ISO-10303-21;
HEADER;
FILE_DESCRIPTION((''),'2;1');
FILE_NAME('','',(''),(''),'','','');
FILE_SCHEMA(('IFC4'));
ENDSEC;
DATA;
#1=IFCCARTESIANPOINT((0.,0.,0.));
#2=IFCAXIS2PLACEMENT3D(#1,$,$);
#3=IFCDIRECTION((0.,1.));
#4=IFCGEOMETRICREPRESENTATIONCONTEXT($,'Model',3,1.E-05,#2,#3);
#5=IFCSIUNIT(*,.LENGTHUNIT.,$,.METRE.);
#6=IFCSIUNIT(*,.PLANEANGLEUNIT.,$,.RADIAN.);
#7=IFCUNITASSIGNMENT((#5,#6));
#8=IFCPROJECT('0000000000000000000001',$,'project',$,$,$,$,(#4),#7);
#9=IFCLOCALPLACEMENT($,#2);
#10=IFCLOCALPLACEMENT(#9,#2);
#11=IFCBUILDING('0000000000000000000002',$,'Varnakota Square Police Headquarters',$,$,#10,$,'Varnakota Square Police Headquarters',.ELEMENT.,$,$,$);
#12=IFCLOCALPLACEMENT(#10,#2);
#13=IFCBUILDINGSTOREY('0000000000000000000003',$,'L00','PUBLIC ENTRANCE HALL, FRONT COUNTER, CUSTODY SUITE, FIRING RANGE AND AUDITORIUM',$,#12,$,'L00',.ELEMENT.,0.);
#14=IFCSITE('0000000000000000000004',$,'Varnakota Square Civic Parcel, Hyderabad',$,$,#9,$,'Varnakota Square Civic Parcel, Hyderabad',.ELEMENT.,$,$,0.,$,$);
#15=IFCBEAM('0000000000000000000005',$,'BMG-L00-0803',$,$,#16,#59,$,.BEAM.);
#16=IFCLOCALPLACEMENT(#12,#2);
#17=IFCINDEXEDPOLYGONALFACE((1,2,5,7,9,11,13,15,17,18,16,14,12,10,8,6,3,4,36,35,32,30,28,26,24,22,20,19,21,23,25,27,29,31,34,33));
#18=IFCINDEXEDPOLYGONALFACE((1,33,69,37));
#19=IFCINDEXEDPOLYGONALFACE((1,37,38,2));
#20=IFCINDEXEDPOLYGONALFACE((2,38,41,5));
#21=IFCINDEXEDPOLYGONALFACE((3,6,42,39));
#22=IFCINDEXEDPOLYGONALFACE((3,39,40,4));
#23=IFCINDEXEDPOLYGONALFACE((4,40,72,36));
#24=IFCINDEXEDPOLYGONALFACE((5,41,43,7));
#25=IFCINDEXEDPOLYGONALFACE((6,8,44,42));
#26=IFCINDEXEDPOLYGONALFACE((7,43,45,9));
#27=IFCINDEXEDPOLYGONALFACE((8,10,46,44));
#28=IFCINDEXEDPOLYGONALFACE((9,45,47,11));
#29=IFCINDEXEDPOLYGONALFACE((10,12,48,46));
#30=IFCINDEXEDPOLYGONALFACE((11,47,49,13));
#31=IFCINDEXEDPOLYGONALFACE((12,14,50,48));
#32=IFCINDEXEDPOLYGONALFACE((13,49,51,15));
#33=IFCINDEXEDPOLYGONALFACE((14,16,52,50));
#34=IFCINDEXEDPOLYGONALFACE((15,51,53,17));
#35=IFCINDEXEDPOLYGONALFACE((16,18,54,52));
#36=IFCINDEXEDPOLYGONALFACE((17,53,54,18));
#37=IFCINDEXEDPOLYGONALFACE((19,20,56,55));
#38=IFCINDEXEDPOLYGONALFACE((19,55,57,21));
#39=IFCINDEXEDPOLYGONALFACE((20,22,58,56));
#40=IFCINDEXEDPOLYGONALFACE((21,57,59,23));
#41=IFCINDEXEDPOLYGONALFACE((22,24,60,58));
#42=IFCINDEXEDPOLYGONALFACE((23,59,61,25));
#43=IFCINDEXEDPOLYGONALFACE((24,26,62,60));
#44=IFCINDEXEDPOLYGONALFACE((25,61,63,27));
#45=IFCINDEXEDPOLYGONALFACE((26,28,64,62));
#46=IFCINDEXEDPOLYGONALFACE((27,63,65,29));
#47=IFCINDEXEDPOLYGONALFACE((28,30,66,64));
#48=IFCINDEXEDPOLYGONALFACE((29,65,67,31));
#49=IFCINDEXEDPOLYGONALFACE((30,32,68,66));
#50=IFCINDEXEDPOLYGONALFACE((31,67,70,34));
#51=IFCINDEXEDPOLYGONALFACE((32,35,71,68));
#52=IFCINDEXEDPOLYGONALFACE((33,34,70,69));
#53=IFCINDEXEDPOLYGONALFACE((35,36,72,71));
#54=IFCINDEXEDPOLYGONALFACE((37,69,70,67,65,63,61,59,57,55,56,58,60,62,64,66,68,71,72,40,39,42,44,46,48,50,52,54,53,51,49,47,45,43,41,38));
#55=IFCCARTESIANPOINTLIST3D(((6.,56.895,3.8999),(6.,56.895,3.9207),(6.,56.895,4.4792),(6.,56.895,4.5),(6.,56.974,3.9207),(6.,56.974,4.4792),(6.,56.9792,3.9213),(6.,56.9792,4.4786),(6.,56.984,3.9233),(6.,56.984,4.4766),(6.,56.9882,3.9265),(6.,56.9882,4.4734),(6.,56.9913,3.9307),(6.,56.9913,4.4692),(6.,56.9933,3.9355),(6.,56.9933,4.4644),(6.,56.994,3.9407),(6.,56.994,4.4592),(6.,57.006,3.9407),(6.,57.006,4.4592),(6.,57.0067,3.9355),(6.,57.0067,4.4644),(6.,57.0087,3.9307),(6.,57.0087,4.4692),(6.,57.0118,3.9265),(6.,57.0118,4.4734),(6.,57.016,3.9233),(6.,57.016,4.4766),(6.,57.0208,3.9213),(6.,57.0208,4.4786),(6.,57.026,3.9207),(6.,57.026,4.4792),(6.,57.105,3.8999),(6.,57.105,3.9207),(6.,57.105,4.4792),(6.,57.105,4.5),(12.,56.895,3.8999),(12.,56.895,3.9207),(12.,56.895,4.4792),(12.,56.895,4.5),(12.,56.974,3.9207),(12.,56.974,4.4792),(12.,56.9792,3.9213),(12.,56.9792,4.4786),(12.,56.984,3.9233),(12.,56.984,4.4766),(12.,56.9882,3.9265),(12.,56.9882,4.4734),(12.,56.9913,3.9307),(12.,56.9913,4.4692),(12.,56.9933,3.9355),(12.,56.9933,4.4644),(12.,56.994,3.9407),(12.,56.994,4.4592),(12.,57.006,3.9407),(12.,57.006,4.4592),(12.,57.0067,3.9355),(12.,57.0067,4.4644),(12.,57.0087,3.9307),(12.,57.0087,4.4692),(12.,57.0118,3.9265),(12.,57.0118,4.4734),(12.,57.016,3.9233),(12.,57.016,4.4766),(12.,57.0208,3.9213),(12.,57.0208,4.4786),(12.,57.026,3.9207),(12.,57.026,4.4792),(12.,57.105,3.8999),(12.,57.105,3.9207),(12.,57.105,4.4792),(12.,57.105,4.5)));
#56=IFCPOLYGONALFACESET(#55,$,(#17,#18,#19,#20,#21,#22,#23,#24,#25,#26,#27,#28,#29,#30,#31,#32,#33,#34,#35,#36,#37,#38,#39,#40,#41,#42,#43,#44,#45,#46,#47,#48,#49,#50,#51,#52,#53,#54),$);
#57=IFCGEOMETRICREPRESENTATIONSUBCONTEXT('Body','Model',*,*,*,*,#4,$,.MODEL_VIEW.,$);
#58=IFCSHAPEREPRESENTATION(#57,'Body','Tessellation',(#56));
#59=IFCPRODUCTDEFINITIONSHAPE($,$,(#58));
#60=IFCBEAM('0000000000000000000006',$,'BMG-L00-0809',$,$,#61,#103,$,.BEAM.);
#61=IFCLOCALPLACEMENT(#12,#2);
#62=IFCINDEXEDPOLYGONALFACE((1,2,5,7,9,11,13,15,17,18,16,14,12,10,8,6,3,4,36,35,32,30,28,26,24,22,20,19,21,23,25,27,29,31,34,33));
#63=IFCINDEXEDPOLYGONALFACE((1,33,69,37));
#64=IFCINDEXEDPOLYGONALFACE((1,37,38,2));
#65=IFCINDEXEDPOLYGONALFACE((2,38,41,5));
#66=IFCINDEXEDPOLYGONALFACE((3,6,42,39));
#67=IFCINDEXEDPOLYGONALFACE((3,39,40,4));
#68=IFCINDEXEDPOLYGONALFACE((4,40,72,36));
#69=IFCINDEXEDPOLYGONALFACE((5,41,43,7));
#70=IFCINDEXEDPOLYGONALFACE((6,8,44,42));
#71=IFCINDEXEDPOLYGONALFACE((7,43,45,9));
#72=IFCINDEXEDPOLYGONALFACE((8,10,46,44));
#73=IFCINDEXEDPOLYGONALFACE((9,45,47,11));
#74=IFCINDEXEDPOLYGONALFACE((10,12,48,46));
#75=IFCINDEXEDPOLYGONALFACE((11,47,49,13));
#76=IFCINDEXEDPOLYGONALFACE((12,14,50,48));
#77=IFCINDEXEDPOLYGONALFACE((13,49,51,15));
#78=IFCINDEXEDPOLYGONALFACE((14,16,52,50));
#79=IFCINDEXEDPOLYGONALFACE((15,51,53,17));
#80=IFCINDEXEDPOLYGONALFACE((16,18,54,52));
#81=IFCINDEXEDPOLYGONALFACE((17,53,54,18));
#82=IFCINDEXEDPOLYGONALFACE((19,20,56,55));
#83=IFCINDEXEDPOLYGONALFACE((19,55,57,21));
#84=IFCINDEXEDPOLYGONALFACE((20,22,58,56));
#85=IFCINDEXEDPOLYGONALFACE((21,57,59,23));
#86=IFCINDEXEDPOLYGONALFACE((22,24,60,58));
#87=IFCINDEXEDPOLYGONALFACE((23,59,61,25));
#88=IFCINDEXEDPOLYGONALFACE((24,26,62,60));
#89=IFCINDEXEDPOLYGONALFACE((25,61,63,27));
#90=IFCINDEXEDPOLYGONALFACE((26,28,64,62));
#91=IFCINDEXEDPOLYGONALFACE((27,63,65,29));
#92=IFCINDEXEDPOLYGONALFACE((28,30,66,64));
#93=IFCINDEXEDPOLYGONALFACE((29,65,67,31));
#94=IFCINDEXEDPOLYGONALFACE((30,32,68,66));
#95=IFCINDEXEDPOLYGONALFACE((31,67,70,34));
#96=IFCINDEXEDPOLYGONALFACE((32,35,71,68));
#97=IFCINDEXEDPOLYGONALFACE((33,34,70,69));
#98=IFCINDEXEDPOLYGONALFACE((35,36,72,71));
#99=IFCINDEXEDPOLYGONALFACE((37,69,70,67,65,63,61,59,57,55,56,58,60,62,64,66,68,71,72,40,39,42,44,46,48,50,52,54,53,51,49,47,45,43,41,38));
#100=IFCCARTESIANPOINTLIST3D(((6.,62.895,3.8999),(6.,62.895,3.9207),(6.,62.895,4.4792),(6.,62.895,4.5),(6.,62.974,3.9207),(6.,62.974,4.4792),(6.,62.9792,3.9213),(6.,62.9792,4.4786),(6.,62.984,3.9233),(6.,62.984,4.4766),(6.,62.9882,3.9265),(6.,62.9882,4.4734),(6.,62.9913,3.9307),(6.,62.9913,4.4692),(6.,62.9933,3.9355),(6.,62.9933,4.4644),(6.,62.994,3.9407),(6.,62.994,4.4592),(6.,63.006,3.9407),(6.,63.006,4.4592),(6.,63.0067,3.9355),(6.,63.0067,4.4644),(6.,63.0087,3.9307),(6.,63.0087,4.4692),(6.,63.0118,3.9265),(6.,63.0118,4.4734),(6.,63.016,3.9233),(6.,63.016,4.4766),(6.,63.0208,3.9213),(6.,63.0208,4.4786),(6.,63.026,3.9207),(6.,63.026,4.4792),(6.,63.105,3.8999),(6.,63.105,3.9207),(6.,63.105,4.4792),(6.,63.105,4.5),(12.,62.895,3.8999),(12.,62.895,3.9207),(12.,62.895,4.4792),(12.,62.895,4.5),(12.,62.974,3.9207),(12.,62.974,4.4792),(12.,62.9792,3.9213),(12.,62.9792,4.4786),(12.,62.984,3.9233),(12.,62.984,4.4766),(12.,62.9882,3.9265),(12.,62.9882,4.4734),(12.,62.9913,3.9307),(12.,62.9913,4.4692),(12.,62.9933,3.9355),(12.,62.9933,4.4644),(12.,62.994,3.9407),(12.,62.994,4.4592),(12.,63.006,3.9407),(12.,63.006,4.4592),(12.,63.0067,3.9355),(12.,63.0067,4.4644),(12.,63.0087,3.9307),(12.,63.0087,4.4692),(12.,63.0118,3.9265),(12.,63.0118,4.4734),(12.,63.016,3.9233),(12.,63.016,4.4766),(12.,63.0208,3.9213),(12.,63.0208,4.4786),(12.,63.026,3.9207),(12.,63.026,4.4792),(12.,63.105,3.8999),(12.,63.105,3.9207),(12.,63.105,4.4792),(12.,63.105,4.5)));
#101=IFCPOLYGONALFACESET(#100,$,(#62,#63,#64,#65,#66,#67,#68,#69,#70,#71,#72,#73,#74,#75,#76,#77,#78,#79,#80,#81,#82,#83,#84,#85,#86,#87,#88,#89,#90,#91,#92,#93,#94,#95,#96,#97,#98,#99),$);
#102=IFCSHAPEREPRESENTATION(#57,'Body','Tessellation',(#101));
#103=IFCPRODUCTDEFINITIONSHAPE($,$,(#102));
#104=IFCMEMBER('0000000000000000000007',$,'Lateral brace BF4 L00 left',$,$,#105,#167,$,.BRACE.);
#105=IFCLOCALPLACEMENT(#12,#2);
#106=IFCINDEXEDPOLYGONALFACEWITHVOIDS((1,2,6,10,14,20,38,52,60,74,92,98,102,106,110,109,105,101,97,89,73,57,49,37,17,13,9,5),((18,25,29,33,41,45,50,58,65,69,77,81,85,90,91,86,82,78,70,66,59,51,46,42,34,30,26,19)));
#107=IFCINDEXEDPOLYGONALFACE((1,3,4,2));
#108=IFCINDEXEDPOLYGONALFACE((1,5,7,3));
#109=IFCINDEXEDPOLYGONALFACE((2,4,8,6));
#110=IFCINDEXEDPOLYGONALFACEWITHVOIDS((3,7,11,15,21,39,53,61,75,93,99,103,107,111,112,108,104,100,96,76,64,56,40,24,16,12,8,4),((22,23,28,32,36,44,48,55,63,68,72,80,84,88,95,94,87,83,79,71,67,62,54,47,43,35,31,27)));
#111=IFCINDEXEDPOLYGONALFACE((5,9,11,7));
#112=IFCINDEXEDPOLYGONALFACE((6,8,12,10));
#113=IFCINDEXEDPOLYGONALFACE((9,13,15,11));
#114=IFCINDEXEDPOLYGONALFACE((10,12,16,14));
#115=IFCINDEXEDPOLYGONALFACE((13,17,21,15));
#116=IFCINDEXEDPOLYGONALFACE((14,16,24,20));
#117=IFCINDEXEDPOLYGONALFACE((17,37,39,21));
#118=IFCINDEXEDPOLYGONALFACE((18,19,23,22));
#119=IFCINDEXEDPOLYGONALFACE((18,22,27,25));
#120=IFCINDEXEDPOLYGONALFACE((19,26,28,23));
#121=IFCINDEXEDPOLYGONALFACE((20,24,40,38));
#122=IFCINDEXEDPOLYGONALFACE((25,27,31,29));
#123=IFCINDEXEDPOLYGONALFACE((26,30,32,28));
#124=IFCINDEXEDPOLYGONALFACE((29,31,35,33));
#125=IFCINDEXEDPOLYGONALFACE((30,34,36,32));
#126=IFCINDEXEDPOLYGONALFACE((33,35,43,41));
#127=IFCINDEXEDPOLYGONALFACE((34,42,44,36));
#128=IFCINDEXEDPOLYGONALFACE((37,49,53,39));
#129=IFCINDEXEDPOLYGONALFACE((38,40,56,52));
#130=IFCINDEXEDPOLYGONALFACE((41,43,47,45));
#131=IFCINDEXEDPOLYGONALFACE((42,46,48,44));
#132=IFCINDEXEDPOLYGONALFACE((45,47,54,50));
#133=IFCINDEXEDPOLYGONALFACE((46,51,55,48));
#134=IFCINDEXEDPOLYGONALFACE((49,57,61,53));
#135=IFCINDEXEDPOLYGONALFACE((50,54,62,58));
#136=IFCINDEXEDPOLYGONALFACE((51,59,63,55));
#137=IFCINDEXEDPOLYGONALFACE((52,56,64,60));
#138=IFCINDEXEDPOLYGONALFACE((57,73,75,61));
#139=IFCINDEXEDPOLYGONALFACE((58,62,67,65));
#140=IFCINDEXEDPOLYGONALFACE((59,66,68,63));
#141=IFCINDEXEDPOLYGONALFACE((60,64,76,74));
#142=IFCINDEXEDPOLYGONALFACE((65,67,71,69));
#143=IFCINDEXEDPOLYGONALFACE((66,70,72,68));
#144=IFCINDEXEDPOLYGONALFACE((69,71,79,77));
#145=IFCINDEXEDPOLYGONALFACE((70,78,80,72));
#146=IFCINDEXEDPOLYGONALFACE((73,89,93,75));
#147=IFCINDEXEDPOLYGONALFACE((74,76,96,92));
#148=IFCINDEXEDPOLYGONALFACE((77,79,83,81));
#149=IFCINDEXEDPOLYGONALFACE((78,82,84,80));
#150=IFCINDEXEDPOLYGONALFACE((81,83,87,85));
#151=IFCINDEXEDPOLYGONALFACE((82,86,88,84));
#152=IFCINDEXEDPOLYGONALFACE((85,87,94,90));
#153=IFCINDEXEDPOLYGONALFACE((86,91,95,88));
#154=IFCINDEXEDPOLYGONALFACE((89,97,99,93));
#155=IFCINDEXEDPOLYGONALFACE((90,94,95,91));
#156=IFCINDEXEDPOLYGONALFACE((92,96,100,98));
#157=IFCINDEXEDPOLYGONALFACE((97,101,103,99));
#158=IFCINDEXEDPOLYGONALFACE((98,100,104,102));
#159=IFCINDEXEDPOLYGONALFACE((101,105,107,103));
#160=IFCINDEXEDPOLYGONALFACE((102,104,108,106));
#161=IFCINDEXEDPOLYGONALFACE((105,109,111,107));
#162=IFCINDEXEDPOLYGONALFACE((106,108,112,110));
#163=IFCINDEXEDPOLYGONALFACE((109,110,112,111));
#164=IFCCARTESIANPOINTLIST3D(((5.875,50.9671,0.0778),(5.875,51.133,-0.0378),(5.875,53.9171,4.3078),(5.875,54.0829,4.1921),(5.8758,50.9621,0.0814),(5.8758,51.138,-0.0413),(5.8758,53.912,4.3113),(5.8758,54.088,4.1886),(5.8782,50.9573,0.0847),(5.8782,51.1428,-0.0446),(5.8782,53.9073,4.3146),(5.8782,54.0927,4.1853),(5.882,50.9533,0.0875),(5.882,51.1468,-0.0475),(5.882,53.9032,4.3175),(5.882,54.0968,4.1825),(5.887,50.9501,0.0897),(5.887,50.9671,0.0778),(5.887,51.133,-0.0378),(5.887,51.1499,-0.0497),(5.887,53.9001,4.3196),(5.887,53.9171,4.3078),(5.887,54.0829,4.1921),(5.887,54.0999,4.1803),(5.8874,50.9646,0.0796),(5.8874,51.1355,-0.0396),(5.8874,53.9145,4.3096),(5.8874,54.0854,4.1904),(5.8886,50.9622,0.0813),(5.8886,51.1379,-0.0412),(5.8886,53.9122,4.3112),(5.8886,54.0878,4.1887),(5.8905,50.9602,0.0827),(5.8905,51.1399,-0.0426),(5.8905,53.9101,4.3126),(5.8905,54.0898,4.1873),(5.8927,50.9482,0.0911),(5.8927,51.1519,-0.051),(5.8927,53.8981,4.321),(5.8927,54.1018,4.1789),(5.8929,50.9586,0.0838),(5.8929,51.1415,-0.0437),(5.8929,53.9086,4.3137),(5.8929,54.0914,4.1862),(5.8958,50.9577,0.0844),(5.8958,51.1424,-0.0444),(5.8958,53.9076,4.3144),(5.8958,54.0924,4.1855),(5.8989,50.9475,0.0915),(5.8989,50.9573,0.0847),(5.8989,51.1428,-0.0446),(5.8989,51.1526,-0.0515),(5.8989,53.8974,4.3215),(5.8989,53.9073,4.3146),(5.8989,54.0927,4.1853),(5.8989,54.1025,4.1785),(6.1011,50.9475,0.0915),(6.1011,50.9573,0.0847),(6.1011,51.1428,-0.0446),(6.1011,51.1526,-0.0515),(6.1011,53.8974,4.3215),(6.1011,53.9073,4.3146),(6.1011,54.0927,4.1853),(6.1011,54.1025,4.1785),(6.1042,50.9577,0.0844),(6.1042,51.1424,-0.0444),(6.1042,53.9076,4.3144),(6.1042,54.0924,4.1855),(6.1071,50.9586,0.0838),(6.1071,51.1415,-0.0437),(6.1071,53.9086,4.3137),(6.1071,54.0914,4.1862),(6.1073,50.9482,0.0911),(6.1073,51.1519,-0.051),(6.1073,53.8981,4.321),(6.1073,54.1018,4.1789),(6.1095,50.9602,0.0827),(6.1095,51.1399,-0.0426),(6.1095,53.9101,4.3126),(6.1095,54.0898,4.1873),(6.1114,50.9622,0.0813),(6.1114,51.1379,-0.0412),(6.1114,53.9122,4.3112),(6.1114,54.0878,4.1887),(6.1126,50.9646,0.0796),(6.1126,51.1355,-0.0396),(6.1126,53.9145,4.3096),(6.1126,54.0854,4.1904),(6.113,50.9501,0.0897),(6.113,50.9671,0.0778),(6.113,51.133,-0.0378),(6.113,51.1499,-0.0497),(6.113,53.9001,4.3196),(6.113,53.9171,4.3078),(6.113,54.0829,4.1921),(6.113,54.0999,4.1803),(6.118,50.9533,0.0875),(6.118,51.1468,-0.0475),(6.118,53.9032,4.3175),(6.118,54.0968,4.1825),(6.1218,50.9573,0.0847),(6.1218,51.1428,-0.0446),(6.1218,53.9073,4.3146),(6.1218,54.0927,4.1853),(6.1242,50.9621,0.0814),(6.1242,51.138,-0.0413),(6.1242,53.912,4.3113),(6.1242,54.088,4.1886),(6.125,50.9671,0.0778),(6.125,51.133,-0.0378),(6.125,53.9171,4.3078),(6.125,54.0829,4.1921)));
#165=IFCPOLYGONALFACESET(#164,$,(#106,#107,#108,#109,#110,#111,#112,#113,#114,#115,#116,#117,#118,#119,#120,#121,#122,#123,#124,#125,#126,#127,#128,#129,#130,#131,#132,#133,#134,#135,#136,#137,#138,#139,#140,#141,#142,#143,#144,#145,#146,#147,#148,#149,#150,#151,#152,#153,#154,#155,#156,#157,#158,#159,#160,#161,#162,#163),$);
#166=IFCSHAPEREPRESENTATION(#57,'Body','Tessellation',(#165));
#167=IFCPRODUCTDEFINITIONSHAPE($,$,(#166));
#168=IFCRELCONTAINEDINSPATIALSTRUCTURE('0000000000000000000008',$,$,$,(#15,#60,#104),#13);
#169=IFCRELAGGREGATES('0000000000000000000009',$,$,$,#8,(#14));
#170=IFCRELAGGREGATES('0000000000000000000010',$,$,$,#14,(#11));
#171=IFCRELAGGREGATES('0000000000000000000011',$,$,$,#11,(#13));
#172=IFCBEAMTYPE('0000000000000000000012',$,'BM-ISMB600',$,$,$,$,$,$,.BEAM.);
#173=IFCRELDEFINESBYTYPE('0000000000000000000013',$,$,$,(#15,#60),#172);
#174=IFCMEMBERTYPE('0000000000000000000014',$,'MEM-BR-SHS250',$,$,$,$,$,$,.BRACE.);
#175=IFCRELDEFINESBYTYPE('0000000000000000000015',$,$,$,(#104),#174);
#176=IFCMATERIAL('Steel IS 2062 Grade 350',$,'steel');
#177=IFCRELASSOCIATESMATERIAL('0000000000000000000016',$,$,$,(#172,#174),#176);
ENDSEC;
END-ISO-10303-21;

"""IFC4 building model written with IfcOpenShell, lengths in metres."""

from ifc_helpers import new_model, si_unit, direction, frame, origin, origin_2d, place, context, subcontext, project, spatial, hollow_rectangle, i_section, extrude, material, material_profile, profile_set, type_object, element, save


model = new_model("IFC4")

# Units and contexts
model_context = context("Model", 3, precision=1e-05, world=origin(), true_north=direction((0.0, 1.0)))
body_context = subcontext(model_context, "Body", "Model", "MODEL_VIEW")
ifc_project = project(units=[si_unit("LENGTHUNIT", "METRE"), si_unit("PLANEANGLEUNIT", "RADIAN")], contexts=[model_context])

# Site, building, storey
site_placement = place(None, origin())
site = spatial("IfcSite", under=ifc_project, at=site_placement, Name="Varnakota Square Civic Parcel, Hyderabad", LongName="Varnakota Square Civic Parcel, Hyderabad", CompositionType="ELEMENT", RefElevation=0.0)
building_placement = place(site_placement, origin())
building = spatial("IfcBuilding", under=site, at=building_placement, Name="Varnakota Square Police Headquarters", LongName="Varnakota Square Police Headquarters", CompositionType="ELEMENT")
storey_placement = place(building_placement, origin())
storey = spatial("IfcBuildingStorey", under=building, at=storey_placement, Name="L00", Description="PUBLIC ENTRANCE HALL, FRONT COUNTER, CUSTODY SUITE, FIRING RANGE AND AUDITORIUM", LongName="L00", CompositionType="ELEMENT", Elevation=0.0)

# Beams
ifc_material_1 = material(Name="Steel IS 2062 Grade 350", Category="steel")
ifc_material_profile_1 = material_profile(ifc_material_1, i_section(OverallWidth=0.21, OverallDepth=0.6001, WebThickness=0.012, FlangeThickness=0.0208, FilletRadius=0.02, at=origin_2d()), Name="ISMB 600")
ifc_profile_set_1 = profile_set([ifc_material_profile_1], Name="Steel IS 2062 Grade 350")
beam_type_1 = type_object("IfcBeamType", Name="BM-ISMB600", PredefinedType="BEAM", material=ifc_profile_set_1)
for number, where, z_axis, x_axis, name in (
    (1, (6.0, 57.0, 4.2), (1.0, 0.0, 0.0), (0.0, 1.0, 0.0), "BMG-L00-0803"),
    (2, (6.0, 63.0, 4.2), (1.0, 0.0, 0.0), (0.0, 1.0, 0.0), "BMG-L00-0809"),
):
    element("IfcBeam", number, at=place(storey_placement, frame(where, z_axis=z_axis, x_axis=x_axis)), inside=storey, type_object=beam_type_1, Name=name, PredefinedType="BEAM", context=body_context, shape_type="SweptSolid", body=[
        extrude(i_section(OverallWidth=0.21, OverallDepth=0.6001, WebThickness=0.012, FlangeThickness=0.0208, FilletRadius=0.02, at=origin_2d()), origin(), (0.0, 0.0, 1.0), 6.0),
    ])

# Member
ifc_material_profile_2 = material_profile(ifc_material_1, hollow_rectangle(XDim=0.25, YDim=0.25, WallThickness=0.012, InnerFilletRadius=0.012, OuterFilletRadius=0.0239, at=origin_2d()), Name="SHS 250x250x12")
ifc_profile_set_2 = profile_set([ifc_material_profile_2], Name="Steel IS 2062 Grade 350")
member_type = type_object("IfcMemberType", Name="MEM-BR-SHS250", PredefinedType="BRACE", material=ifc_profile_set_2)
for number, where, z_axis, x_axis, name in (
    (3, (6.0, 51.05, 0.02), (0.0, 0.572025, 0.820236), (-1.0, 0.0, 0.0), "Lateral brace BF4 L00 left"),
):
    element("IfcMember", number, at=place(storey_placement, frame(where, z_axis=z_axis, x_axis=x_axis)), inside=storey, type_object=member_type, Name=name, PredefinedType="BRACE", context=body_context, shape_type="SweptSolid", body=[
        extrude(hollow_rectangle(XDim=0.25, YDim=0.25, WallThickness=0.012, InnerFilletRadius=0.012, OuterFilletRadius=0.0239, at=origin_2d()), origin(), (0.0, 0.0, 1.0), 5.157),
    ])

save(model, "model.ifc")
